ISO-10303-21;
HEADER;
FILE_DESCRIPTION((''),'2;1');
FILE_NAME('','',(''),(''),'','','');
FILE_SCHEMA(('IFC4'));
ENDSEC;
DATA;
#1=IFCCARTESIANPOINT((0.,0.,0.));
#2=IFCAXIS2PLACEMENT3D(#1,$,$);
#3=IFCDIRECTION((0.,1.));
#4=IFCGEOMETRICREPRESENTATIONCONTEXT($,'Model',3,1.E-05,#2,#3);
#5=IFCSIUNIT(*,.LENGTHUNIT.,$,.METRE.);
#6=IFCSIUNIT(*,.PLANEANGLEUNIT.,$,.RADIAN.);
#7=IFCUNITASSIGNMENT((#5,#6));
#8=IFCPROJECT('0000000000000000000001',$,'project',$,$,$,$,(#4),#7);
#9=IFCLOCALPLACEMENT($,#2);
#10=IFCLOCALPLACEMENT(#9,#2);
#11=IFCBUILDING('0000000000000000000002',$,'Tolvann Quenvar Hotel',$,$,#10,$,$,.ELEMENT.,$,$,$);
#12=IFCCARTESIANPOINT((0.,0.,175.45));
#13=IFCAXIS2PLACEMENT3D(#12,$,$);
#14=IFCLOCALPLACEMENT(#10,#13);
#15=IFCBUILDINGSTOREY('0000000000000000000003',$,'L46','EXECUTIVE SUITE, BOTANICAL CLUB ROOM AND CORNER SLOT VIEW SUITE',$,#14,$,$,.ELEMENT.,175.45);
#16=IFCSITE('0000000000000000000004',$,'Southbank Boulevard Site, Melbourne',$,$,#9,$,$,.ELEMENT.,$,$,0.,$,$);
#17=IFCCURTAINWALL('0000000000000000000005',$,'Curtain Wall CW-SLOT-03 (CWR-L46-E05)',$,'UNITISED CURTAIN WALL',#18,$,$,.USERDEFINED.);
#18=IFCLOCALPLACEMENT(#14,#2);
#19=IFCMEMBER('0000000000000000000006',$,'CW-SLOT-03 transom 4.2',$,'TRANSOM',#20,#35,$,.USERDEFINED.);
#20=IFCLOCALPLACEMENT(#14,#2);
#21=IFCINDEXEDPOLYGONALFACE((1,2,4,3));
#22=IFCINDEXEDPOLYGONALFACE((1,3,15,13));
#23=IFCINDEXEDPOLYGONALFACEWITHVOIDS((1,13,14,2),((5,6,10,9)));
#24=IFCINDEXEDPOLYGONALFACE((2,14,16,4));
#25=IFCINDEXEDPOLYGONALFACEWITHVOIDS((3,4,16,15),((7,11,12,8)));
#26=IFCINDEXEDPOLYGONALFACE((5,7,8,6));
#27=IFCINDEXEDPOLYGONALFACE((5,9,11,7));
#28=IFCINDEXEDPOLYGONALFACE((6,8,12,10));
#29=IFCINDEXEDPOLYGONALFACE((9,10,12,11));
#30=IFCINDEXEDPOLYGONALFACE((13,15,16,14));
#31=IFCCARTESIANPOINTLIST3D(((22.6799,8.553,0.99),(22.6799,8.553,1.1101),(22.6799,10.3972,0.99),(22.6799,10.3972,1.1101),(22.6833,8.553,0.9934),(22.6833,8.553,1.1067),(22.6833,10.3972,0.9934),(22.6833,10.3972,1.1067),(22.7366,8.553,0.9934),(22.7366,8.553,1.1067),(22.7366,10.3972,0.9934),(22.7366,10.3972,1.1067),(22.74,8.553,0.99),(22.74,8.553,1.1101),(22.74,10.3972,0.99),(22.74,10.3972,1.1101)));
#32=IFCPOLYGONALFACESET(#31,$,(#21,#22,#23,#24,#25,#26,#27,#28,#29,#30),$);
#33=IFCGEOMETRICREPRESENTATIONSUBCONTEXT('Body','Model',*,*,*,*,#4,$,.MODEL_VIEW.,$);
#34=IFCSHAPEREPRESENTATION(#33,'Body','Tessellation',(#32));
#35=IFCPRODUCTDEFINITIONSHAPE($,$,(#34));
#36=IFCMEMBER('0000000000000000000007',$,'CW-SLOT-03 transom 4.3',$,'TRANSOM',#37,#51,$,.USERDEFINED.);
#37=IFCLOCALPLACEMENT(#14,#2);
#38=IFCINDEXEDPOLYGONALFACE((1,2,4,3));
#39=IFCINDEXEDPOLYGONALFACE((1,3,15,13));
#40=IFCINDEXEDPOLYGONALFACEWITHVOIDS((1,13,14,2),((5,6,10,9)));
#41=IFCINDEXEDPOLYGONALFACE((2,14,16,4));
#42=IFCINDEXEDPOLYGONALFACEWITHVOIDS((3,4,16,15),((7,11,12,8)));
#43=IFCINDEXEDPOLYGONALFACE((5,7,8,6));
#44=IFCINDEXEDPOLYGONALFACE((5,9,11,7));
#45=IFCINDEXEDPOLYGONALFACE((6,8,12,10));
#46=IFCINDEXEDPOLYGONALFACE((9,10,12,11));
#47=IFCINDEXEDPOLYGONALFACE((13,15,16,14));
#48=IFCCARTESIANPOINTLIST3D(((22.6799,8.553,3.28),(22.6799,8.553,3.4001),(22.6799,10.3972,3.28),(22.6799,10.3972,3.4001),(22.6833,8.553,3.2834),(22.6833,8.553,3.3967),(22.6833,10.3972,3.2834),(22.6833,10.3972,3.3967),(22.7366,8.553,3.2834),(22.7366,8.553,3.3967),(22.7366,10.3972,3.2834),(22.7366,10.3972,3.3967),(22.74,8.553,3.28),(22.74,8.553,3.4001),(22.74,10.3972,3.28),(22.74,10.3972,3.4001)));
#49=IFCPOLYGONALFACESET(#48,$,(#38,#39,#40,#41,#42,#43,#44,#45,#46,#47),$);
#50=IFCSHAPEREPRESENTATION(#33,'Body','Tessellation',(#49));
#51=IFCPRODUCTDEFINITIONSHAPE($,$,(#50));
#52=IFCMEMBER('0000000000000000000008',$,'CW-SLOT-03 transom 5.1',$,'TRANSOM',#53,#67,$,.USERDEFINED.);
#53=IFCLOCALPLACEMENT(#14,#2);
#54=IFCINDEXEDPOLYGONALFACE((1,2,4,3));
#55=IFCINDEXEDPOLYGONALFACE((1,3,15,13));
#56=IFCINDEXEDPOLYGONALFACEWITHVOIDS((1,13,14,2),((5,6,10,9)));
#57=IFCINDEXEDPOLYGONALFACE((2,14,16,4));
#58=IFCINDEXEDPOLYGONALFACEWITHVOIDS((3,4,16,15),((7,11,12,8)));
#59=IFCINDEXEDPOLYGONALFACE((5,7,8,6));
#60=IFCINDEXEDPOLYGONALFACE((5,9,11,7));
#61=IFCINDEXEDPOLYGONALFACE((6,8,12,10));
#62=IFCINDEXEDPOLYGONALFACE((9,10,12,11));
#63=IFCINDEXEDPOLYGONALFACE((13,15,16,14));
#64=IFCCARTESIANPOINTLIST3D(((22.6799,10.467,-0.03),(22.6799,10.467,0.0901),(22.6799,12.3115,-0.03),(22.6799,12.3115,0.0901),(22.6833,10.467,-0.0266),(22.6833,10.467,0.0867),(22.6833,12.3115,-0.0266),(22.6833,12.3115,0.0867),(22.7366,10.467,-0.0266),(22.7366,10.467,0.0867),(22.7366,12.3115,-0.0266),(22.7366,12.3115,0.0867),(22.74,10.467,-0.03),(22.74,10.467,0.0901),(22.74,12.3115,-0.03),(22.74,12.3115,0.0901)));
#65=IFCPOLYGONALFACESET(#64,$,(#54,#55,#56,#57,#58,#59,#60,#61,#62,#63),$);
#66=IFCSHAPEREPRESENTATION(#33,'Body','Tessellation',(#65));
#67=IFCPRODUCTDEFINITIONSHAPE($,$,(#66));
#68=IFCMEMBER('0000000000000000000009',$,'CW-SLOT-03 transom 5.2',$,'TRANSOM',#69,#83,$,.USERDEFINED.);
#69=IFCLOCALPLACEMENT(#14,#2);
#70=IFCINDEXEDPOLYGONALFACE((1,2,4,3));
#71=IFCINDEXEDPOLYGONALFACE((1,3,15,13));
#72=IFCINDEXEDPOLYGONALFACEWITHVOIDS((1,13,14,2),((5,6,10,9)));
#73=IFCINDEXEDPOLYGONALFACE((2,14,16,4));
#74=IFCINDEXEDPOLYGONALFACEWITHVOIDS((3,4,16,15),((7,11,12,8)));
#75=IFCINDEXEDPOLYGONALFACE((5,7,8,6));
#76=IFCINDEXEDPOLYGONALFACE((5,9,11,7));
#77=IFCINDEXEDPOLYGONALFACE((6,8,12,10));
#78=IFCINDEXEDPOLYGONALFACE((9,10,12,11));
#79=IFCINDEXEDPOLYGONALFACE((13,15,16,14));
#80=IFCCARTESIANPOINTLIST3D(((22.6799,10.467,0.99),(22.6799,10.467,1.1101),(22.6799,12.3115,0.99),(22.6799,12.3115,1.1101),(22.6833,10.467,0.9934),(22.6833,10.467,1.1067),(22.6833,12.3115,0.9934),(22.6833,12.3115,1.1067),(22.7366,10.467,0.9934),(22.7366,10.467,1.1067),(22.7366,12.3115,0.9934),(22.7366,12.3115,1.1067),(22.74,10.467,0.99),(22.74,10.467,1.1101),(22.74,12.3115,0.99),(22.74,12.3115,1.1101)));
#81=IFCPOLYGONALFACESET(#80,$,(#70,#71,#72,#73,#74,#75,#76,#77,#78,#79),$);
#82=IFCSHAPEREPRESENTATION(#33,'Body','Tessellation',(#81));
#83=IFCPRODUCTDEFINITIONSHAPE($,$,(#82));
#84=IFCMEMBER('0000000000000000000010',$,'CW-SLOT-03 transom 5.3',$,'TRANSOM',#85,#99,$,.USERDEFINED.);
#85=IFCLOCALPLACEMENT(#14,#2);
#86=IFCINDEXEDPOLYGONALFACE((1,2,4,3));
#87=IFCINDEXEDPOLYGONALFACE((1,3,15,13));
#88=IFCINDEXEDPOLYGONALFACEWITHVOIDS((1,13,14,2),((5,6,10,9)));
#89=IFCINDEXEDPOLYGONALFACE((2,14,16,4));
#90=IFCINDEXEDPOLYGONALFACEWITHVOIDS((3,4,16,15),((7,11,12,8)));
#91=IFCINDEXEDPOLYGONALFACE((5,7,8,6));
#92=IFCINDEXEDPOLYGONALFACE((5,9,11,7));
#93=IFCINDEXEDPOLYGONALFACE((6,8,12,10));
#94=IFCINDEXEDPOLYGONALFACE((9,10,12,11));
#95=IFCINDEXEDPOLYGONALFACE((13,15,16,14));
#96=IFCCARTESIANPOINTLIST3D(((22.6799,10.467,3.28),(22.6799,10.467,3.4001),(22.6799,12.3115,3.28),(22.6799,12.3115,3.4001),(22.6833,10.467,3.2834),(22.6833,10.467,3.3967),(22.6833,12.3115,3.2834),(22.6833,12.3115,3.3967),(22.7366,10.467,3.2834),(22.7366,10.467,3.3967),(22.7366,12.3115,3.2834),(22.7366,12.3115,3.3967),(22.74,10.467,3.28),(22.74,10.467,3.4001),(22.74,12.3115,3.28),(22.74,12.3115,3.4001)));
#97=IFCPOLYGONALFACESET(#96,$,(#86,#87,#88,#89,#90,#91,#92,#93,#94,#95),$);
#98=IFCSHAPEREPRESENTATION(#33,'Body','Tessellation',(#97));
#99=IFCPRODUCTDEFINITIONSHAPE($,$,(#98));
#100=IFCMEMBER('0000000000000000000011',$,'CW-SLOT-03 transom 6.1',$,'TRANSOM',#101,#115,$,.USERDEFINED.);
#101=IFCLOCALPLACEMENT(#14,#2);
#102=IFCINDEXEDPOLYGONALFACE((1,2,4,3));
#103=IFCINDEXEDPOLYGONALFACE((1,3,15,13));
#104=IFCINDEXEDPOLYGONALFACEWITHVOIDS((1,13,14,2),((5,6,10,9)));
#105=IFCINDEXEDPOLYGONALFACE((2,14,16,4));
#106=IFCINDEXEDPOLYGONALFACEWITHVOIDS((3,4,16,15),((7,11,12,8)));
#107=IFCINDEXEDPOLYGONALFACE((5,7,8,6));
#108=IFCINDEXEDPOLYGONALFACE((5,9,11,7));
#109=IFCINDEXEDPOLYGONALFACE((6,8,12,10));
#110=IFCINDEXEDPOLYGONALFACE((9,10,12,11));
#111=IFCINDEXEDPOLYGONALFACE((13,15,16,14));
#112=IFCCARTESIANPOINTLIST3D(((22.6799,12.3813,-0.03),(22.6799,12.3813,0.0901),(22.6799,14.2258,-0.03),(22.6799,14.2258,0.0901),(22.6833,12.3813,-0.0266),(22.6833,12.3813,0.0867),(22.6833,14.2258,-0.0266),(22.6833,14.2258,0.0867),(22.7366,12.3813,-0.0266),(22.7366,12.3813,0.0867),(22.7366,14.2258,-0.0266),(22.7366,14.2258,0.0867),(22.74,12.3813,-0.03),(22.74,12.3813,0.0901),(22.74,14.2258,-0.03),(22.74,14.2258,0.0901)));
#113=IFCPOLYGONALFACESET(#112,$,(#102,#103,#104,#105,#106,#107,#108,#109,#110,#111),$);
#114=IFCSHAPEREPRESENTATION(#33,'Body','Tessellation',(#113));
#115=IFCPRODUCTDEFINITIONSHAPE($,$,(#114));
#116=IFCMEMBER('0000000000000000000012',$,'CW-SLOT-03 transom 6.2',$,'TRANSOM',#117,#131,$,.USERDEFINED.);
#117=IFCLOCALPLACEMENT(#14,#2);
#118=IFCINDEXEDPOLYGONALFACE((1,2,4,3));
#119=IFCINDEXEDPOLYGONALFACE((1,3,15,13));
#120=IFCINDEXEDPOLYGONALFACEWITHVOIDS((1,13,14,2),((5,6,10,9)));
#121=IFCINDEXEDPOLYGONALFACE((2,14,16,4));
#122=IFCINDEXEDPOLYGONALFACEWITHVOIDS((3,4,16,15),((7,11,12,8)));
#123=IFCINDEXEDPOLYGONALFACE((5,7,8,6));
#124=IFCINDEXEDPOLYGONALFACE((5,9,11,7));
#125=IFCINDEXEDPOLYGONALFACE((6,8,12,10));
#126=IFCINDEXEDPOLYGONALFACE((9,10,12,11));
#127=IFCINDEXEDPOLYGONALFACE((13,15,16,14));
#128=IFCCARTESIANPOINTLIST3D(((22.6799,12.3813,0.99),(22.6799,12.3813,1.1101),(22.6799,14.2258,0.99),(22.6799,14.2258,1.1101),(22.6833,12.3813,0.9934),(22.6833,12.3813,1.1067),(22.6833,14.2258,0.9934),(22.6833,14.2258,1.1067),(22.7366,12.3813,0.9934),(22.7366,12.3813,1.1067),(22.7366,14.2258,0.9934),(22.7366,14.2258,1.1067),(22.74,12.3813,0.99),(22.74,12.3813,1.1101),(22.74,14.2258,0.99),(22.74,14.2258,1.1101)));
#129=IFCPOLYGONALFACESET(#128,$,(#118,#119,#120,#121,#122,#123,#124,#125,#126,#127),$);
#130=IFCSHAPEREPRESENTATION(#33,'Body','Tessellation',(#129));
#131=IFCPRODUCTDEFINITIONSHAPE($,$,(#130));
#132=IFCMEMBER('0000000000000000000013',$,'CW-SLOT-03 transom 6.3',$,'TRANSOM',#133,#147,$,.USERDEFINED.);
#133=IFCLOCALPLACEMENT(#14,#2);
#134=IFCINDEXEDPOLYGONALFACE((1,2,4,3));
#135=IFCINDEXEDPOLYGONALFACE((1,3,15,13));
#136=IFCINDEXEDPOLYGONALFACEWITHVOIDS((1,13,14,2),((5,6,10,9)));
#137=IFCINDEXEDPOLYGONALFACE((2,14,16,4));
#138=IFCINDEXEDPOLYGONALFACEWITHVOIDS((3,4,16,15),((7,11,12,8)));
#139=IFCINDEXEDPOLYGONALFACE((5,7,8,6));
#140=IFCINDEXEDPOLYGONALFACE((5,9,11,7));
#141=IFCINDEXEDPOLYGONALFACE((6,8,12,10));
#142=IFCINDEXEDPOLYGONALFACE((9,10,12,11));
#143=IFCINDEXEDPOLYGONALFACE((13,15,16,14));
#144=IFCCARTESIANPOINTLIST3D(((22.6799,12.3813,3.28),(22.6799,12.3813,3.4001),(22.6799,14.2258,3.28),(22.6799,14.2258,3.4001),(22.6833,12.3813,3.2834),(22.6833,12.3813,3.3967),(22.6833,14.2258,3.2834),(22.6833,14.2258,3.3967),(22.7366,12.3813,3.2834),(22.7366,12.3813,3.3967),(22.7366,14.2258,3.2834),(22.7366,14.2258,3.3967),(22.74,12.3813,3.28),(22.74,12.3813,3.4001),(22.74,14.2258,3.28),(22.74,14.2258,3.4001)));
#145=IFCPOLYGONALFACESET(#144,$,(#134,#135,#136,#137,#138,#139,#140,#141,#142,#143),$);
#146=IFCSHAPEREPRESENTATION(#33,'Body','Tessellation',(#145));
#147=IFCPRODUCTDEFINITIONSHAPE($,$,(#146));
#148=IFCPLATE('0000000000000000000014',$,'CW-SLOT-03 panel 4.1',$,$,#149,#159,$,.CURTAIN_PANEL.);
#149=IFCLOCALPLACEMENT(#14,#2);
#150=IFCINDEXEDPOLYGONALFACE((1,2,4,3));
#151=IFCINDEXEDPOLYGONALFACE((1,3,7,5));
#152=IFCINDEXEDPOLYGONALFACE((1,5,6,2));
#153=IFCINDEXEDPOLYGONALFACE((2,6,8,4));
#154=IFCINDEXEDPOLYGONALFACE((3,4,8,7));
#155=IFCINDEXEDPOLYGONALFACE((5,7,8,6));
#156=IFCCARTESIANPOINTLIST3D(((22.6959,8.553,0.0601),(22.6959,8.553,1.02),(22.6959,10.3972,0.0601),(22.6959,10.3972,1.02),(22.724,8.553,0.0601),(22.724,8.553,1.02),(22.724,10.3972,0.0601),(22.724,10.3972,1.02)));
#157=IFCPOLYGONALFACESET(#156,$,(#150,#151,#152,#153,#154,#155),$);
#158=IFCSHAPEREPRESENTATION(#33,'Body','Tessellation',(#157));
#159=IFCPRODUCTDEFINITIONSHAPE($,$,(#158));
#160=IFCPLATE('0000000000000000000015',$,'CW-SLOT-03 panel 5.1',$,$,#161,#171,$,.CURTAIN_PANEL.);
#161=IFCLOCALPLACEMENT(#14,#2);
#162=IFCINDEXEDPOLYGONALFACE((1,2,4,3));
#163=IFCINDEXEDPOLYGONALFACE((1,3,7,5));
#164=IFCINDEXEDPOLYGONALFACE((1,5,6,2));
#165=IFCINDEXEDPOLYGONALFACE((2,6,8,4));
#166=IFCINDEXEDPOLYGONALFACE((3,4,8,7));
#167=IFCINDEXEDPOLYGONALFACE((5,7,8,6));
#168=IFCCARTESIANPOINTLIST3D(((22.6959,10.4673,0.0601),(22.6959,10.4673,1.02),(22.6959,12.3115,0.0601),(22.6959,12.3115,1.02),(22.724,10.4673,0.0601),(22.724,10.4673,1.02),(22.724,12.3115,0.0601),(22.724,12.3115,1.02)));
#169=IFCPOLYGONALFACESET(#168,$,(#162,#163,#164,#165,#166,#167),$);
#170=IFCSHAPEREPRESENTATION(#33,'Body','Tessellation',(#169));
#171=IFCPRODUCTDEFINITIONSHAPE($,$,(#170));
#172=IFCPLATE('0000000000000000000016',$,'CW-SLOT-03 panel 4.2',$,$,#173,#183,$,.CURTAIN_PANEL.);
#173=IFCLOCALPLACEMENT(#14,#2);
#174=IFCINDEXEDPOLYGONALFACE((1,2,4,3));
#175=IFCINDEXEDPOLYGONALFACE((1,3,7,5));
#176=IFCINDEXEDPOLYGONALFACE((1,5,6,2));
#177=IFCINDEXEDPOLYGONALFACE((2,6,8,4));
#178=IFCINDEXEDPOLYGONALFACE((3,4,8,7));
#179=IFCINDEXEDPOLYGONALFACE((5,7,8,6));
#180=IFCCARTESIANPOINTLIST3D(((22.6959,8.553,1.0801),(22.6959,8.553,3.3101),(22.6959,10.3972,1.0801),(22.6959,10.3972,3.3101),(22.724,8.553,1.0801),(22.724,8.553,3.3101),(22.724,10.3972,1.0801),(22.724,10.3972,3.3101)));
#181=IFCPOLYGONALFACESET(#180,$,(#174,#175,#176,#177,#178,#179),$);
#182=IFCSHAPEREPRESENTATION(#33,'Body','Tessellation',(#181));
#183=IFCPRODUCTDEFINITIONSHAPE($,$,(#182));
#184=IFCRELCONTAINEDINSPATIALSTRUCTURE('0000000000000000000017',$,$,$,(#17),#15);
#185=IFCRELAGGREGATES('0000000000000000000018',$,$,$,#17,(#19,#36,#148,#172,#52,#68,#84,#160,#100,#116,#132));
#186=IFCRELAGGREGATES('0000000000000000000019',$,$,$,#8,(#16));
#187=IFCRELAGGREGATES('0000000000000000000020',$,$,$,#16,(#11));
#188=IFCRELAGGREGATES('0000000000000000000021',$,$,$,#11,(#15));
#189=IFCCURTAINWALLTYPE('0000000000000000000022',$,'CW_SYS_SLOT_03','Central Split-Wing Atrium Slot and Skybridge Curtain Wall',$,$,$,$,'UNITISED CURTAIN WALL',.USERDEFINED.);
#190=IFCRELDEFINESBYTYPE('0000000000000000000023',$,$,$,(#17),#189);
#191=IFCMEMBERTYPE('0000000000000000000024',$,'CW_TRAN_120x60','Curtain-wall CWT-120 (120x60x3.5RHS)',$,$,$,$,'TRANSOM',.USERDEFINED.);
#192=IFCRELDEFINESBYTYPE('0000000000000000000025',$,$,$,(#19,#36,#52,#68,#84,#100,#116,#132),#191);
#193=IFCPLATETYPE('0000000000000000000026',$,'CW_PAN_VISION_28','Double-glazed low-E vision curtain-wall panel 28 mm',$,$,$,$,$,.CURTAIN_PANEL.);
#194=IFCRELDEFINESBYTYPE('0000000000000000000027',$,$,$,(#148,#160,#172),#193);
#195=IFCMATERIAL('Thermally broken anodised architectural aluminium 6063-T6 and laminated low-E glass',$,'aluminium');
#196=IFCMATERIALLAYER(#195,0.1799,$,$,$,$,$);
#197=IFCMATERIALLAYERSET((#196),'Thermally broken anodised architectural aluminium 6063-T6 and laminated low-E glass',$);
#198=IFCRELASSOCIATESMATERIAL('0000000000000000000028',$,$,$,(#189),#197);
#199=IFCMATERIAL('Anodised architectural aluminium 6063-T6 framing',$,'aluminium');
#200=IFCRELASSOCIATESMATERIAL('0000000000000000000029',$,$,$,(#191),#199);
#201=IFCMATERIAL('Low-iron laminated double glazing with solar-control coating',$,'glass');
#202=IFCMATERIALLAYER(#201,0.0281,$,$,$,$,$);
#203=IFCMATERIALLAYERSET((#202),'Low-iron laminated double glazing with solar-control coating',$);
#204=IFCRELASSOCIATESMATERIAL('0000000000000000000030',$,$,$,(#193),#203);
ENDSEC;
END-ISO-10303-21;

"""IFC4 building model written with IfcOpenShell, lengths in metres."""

from ifc_helpers import new_model, si_unit, direction, frame, origin, origin_2d, place, context, subcontext, project, spatial, rectangle, hollow_rectangle, extrude, source, transform, mapped, material, layer, layer_set, material_profile, profile_set, type_object, type_shapes, element, aggregate, save


model = new_model("IFC4")

# Units and contexts
model_context = context("Model", 3, precision=1e-05, world=origin(), true_north=direction((0.0, 1.0)))
body_context = subcontext(model_context, "Body", "Model", "MODEL_VIEW")
ifc_project = project(units=[si_unit("LENGTHUNIT", "METRE"), si_unit("PLANEANGLEUNIT", "RADIAN")], contexts=[model_context])

# Site, building, storey
site_placement = place(None, origin())
site = spatial("IfcSite", under=ifc_project, at=site_placement, Name="Southbank Boulevard Site, Melbourne", CompositionType="ELEMENT", RefElevation=0.0)
building_placement = place(site_placement, origin())
building = spatial("IfcBuilding", under=site, at=building_placement, Name="Tolvann Quenvar Hotel", CompositionType="ELEMENT")
storey_placement = place(building_placement, frame((0.0, 0.0, 175.45)))
storey = spatial("IfcBuildingStorey", under=building, at=storey_placement, Name="L46", Description="EXECUTIVE SUITE, BOTANICAL CLUB ROOM AND CORNER SLOT VIEW SUITE", CompositionType="ELEMENT", Elevation=175.45)

# Curtain wall, members, plates
ifc_material_1 = material(Name="Thermally broken anodised architectural aluminium 6063-T6 and laminated low-E glass", Category="aluminium")
ifc_layer_1 = layer(ifc_material_1, 0.1799)
ifc_layer_set_1 = layer_set([ifc_layer_1], Name="Thermally broken anodised architectural aluminium 6063-T6 and laminated low-E glass")
curtain_wall_type = type_object("IfcCurtainWallType", Name="CW_SYS_SLOT_03", Description="Central Split-Wing Atrium Slot and Skybridge Curtain Wall", ElementType="UNITISED CURTAIN WALL", PredefinedType="USERDEFINED", material=ifc_layer_set_1)
curtain_wall_placement = place(storey_placement, origin())
curtain_wall = element("IfcCurtainWall", 1, at=curtain_wall_placement, inside=storey, type_object=curtain_wall_type, Name="Curtain Wall CW-SLOT-03 (CWR-L46-E05)", ObjectType="UNITISED CURTAIN WALL", PredefinedType="USERDEFINED")
ifc_material_2 = material(Name="Anodised architectural aluminium 6063-T6 framing", Category="aluminium")
ifc_material_profile_1 = material_profile(ifc_material_2, hollow_rectangle(XDim=0.0601, YDim=0.1201, WallThickness=0.0034, at=origin_2d()), Name="120x60x3.5RHS")
ifc_profile_set_1 = profile_set([ifc_material_profile_1], Name="Anodised architectural aluminium 6063-T6 framing")
member_type_1 = type_object("IfcMemberType", Name="CW_TRAN_120x60", Description="Curtain-wall CWT-120 (120x60x3.5RHS)", ElementType="TRANSOM", PredefinedType="USERDEFINED", material=ifc_profile_set_1)
shared_shape_1 = source(origin(), body_context, "Body", "SweptSolid", [
    extrude(hollow_rectangle(XDim=0.0601, YDim=0.1201, WallThickness=0.0034, at=origin_2d()), origin(), (0.0, 0.0, 1.0), 1.8442),
])
member_1_placement = place(storey_placement, frame((22.71, 8.553, 1.05), z_axis=(0.0, 1.0, 0.0), x_axis=(-1.0, 0.0, 0.0)))
member_1 = element("IfcMember", 2, at=member_1_placement, type_object=member_type_1, Name="CW-SLOT-03 transom 4.2", ObjectType="TRANSOM", PredefinedType="USERDEFINED", context=body_context, shape_type="MappedRepresentation", body=[
    mapped(shared_shape_1, transform((0.0, 0.0, 0.0), x_axis=(1.0, 0.0, 0.0), y_axis=(0.0, 1.0, 0.0), z_axis=(0.0, 0.0, 1.0), scale=1.0)),
])
member_2_placement = place(storey_placement, frame((22.71, 8.553, 3.3401), z_axis=(0.0, 1.0, 0.0), x_axis=(-1.0, 0.0, 0.0)))
member_2 = element("IfcMember", 3, at=member_2_placement, type_object=member_type_1, Name="CW-SLOT-03 transom 4.3", ObjectType="TRANSOM", PredefinedType="USERDEFINED", context=body_context, shape_type="MappedRepresentation", body=[
    mapped(shared_shape_1, transform((0.0, 0.0, 0.0), x_axis=(1.0, 0.0, 0.0), y_axis=(0.0, 1.0, 0.0), z_axis=(0.0, 0.0, 1.0), scale=1.0)),
])
shared_shape_2 = source(origin(), body_context, "Body", "SweptSolid", [
    extrude(hollow_rectangle(XDim=0.0601, YDim=0.1201, WallThickness=0.0034, at=origin_2d()), origin(), (0.0, 0.0, 1.0), 1.8445),
])
type_shapes(member_type_1, [shared_shape_1, shared_shape_2])
member_3_placement = place(storey_placement, frame((22.71, 10.467, 0.03), z_axis=(0.0, 1.0, 0.0), x_axis=(-1.0, 0.0, 0.0)))
member_3 = element("IfcMember", 4, at=member_3_placement, type_object=member_type_1, Name="CW-SLOT-03 transom 5.1", ObjectType="TRANSOM", PredefinedType="USERDEFINED", context=body_context, shape_type="MappedRepresentation", body=[
    mapped(shared_shape_2, transform((0.0, 0.0, 0.0), x_axis=(1.0, 0.0, 0.0), y_axis=(0.0, 1.0, 0.0), z_axis=(0.0, 0.0, 1.0), scale=1.0)),
])
member_4_placement = place(storey_placement, frame((22.71, 10.467, 1.05), z_axis=(0.0, 1.0, 0.0), x_axis=(-1.0, 0.0, 0.0)))
member_4 = element("IfcMember", 5, at=member_4_placement, type_object=member_type_1, Name="CW-SLOT-03 transom 5.2", ObjectType="TRANSOM", PredefinedType="USERDEFINED", context=body_context, shape_type="MappedRepresentation", body=[
    mapped(shared_shape_2, transform((0.0, 0.0, 0.0), x_axis=(1.0, 0.0, 0.0), y_axis=(0.0, 1.0, 0.0), z_axis=(0.0, 0.0, 1.0), scale=1.0)),
])
member_5_placement = place(storey_placement, frame((22.71, 10.467, 3.3401), z_axis=(0.0, 1.0, 0.0), x_axis=(-1.0, 0.0, 0.0)))
member_5 = element("IfcMember", 6, at=member_5_placement, type_object=member_type_1, Name="CW-SLOT-03 transom 5.3", ObjectType="TRANSOM", PredefinedType="USERDEFINED", context=body_context, shape_type="MappedRepresentation", body=[
    mapped(shared_shape_2, transform((0.0, 0.0, 0.0), x_axis=(1.0, 0.0, 0.0), y_axis=(0.0, 1.0, 0.0), z_axis=(0.0, 0.0, 1.0), scale=1.0)),
])
member_6_placement = place(storey_placement, frame((22.71, 12.3813, 0.03), z_axis=(0.0, 1.0, 0.0), x_axis=(-1.0, 0.0, 0.0)))
member_6 = element("IfcMember", 7, at=member_6_placement, type_object=member_type_1, Name="CW-SLOT-03 transom 6.1", ObjectType="TRANSOM", PredefinedType="USERDEFINED", context=body_context, shape_type="MappedRepresentation", body=[
    mapped(shared_shape_2, transform((0.0, 0.0, 0.0), x_axis=(1.0, 0.0, 0.0), y_axis=(0.0, 1.0, 0.0), z_axis=(0.0, 0.0, 1.0), scale=1.0)),
])
member_7_placement = place(storey_placement, frame((22.71, 12.3813, 1.05), z_axis=(0.0, 1.0, 0.0), x_axis=(-1.0, 0.0, 0.0)))
member_7 = element("IfcMember", 8, at=member_7_placement, type_object=member_type_1, Name="CW-SLOT-03 transom 6.2", ObjectType="TRANSOM", PredefinedType="USERDEFINED", context=body_context, shape_type="MappedRepresentation", body=[
    mapped(shared_shape_2, transform((0.0, 0.0, 0.0), x_axis=(1.0, 0.0, 0.0), y_axis=(0.0, 1.0, 0.0), z_axis=(0.0, 0.0, 1.0), scale=1.0)),
])
member_8_placement = place(storey_placement, frame((22.71, 12.3813, 3.3401), z_axis=(0.0, 1.0, 0.0), x_axis=(-1.0, 0.0, 0.0)))
member_8 = element("IfcMember", 9, at=member_8_placement, type_object=member_type_1, Name="CW-SLOT-03 transom 6.3", ObjectType="TRANSOM", PredefinedType="USERDEFINED", context=body_context, shape_type="MappedRepresentation", body=[
    mapped(shared_shape_2, transform((0.0, 0.0, 0.0), x_axis=(1.0, 0.0, 0.0), y_axis=(0.0, 1.0, 0.0), z_axis=(0.0, 0.0, 1.0), scale=1.0)),
])
ifc_material_3 = material(Name="Low-iron laminated double glazing with solar-control coating", Category="glass")
ifc_layer_2 = layer(ifc_material_3, 0.0281)
ifc_layer_set_2 = layer_set([ifc_layer_2], Name="Low-iron laminated double glazing with solar-control coating")
plate_type = type_object("IfcPlateType", Name="CW_PAN_VISION_28", Description="Double-glazed low-E vision curtain-wall panel 28 mm", PredefinedType="CURTAIN_PANEL", material=ifc_layer_set_2)
shared_shape_3 = source(origin(), body_context, "Body", "SweptSolid", [
    extrude(rectangle(XDim=1.8442, YDim=0.0281, at=origin_2d()), origin(), (0.0, 0.0, 1.0), 0.96),
])
plate_1_placement = place(storey_placement, frame((22.71, 9.4751, 0.0601), z_axis=(0.0, 0.0, 1.0), x_axis=(0.0, 1.0, 0.0)))
plate_1 = element("IfcPlate", 10, at=plate_1_placement, type_object=plate_type, Name="CW-SLOT-03 panel 4.1", PredefinedType="CURTAIN_PANEL", context=body_context, shape_type="MappedRepresentation", body=[
    mapped(shared_shape_3, transform((0.0, 0.0, 0.0), x_axis=(1.0, 0.0, 0.0), y_axis=(0.0, 1.0, 0.0), z_axis=(0.0, 0.0, 1.0), scale=1.0)),
])
plate_2_placement = place(storey_placement, frame((22.71, 11.3894, 0.0601), z_axis=(0.0, 0.0, 1.0), x_axis=(0.0, 1.0, 0.0)))
plate_2 = element("IfcPlate", 11, at=plate_2_placement, type_object=plate_type, Name="CW-SLOT-03 panel 5.1", PredefinedType="CURTAIN_PANEL", context=body_context, shape_type="MappedRepresentation", body=[
    mapped(shared_shape_3, transform((0.0, 0.0, 0.0), x_axis=(1.0, 0.0, 0.0), y_axis=(0.0, 1.0, 0.0), z_axis=(0.0, 0.0, 1.0), scale=1.0)),
])
shared_shape_4 = source(origin(), body_context, "Body", "SweptSolid", [
    extrude(rectangle(XDim=1.8442, YDim=0.0281, at=origin_2d()), origin(), (0.0, 0.0, 1.0), 2.23),
])
type_shapes(plate_type, [shared_shape_3, shared_shape_4])
plate_3_placement = place(storey_placement, frame((22.71, 9.4751, 1.0801), z_axis=(0.0, 0.0, 1.0), x_axis=(0.0, 1.0, 0.0)))
plate_3 = element("IfcPlate", 12, at=plate_3_placement, type_object=plate_type, Name="CW-SLOT-03 panel 4.2", PredefinedType="CURTAIN_PANEL", context=body_context, shape_type="MappedRepresentation", body=[
    mapped(shared_shape_4, transform((0.0, 0.0, 0.0), x_axis=(1.0, 0.0, 0.0), y_axis=(0.0, 1.0, 0.0), z_axis=(0.0, 0.0, 1.0), scale=1.0)),
])
aggregate(curtain_wall, [member_1, member_2, plate_1, plate_3, member_3, member_4, member_5, plate_2, member_6, member_7, member_8])

save(model, "model.ifc")
